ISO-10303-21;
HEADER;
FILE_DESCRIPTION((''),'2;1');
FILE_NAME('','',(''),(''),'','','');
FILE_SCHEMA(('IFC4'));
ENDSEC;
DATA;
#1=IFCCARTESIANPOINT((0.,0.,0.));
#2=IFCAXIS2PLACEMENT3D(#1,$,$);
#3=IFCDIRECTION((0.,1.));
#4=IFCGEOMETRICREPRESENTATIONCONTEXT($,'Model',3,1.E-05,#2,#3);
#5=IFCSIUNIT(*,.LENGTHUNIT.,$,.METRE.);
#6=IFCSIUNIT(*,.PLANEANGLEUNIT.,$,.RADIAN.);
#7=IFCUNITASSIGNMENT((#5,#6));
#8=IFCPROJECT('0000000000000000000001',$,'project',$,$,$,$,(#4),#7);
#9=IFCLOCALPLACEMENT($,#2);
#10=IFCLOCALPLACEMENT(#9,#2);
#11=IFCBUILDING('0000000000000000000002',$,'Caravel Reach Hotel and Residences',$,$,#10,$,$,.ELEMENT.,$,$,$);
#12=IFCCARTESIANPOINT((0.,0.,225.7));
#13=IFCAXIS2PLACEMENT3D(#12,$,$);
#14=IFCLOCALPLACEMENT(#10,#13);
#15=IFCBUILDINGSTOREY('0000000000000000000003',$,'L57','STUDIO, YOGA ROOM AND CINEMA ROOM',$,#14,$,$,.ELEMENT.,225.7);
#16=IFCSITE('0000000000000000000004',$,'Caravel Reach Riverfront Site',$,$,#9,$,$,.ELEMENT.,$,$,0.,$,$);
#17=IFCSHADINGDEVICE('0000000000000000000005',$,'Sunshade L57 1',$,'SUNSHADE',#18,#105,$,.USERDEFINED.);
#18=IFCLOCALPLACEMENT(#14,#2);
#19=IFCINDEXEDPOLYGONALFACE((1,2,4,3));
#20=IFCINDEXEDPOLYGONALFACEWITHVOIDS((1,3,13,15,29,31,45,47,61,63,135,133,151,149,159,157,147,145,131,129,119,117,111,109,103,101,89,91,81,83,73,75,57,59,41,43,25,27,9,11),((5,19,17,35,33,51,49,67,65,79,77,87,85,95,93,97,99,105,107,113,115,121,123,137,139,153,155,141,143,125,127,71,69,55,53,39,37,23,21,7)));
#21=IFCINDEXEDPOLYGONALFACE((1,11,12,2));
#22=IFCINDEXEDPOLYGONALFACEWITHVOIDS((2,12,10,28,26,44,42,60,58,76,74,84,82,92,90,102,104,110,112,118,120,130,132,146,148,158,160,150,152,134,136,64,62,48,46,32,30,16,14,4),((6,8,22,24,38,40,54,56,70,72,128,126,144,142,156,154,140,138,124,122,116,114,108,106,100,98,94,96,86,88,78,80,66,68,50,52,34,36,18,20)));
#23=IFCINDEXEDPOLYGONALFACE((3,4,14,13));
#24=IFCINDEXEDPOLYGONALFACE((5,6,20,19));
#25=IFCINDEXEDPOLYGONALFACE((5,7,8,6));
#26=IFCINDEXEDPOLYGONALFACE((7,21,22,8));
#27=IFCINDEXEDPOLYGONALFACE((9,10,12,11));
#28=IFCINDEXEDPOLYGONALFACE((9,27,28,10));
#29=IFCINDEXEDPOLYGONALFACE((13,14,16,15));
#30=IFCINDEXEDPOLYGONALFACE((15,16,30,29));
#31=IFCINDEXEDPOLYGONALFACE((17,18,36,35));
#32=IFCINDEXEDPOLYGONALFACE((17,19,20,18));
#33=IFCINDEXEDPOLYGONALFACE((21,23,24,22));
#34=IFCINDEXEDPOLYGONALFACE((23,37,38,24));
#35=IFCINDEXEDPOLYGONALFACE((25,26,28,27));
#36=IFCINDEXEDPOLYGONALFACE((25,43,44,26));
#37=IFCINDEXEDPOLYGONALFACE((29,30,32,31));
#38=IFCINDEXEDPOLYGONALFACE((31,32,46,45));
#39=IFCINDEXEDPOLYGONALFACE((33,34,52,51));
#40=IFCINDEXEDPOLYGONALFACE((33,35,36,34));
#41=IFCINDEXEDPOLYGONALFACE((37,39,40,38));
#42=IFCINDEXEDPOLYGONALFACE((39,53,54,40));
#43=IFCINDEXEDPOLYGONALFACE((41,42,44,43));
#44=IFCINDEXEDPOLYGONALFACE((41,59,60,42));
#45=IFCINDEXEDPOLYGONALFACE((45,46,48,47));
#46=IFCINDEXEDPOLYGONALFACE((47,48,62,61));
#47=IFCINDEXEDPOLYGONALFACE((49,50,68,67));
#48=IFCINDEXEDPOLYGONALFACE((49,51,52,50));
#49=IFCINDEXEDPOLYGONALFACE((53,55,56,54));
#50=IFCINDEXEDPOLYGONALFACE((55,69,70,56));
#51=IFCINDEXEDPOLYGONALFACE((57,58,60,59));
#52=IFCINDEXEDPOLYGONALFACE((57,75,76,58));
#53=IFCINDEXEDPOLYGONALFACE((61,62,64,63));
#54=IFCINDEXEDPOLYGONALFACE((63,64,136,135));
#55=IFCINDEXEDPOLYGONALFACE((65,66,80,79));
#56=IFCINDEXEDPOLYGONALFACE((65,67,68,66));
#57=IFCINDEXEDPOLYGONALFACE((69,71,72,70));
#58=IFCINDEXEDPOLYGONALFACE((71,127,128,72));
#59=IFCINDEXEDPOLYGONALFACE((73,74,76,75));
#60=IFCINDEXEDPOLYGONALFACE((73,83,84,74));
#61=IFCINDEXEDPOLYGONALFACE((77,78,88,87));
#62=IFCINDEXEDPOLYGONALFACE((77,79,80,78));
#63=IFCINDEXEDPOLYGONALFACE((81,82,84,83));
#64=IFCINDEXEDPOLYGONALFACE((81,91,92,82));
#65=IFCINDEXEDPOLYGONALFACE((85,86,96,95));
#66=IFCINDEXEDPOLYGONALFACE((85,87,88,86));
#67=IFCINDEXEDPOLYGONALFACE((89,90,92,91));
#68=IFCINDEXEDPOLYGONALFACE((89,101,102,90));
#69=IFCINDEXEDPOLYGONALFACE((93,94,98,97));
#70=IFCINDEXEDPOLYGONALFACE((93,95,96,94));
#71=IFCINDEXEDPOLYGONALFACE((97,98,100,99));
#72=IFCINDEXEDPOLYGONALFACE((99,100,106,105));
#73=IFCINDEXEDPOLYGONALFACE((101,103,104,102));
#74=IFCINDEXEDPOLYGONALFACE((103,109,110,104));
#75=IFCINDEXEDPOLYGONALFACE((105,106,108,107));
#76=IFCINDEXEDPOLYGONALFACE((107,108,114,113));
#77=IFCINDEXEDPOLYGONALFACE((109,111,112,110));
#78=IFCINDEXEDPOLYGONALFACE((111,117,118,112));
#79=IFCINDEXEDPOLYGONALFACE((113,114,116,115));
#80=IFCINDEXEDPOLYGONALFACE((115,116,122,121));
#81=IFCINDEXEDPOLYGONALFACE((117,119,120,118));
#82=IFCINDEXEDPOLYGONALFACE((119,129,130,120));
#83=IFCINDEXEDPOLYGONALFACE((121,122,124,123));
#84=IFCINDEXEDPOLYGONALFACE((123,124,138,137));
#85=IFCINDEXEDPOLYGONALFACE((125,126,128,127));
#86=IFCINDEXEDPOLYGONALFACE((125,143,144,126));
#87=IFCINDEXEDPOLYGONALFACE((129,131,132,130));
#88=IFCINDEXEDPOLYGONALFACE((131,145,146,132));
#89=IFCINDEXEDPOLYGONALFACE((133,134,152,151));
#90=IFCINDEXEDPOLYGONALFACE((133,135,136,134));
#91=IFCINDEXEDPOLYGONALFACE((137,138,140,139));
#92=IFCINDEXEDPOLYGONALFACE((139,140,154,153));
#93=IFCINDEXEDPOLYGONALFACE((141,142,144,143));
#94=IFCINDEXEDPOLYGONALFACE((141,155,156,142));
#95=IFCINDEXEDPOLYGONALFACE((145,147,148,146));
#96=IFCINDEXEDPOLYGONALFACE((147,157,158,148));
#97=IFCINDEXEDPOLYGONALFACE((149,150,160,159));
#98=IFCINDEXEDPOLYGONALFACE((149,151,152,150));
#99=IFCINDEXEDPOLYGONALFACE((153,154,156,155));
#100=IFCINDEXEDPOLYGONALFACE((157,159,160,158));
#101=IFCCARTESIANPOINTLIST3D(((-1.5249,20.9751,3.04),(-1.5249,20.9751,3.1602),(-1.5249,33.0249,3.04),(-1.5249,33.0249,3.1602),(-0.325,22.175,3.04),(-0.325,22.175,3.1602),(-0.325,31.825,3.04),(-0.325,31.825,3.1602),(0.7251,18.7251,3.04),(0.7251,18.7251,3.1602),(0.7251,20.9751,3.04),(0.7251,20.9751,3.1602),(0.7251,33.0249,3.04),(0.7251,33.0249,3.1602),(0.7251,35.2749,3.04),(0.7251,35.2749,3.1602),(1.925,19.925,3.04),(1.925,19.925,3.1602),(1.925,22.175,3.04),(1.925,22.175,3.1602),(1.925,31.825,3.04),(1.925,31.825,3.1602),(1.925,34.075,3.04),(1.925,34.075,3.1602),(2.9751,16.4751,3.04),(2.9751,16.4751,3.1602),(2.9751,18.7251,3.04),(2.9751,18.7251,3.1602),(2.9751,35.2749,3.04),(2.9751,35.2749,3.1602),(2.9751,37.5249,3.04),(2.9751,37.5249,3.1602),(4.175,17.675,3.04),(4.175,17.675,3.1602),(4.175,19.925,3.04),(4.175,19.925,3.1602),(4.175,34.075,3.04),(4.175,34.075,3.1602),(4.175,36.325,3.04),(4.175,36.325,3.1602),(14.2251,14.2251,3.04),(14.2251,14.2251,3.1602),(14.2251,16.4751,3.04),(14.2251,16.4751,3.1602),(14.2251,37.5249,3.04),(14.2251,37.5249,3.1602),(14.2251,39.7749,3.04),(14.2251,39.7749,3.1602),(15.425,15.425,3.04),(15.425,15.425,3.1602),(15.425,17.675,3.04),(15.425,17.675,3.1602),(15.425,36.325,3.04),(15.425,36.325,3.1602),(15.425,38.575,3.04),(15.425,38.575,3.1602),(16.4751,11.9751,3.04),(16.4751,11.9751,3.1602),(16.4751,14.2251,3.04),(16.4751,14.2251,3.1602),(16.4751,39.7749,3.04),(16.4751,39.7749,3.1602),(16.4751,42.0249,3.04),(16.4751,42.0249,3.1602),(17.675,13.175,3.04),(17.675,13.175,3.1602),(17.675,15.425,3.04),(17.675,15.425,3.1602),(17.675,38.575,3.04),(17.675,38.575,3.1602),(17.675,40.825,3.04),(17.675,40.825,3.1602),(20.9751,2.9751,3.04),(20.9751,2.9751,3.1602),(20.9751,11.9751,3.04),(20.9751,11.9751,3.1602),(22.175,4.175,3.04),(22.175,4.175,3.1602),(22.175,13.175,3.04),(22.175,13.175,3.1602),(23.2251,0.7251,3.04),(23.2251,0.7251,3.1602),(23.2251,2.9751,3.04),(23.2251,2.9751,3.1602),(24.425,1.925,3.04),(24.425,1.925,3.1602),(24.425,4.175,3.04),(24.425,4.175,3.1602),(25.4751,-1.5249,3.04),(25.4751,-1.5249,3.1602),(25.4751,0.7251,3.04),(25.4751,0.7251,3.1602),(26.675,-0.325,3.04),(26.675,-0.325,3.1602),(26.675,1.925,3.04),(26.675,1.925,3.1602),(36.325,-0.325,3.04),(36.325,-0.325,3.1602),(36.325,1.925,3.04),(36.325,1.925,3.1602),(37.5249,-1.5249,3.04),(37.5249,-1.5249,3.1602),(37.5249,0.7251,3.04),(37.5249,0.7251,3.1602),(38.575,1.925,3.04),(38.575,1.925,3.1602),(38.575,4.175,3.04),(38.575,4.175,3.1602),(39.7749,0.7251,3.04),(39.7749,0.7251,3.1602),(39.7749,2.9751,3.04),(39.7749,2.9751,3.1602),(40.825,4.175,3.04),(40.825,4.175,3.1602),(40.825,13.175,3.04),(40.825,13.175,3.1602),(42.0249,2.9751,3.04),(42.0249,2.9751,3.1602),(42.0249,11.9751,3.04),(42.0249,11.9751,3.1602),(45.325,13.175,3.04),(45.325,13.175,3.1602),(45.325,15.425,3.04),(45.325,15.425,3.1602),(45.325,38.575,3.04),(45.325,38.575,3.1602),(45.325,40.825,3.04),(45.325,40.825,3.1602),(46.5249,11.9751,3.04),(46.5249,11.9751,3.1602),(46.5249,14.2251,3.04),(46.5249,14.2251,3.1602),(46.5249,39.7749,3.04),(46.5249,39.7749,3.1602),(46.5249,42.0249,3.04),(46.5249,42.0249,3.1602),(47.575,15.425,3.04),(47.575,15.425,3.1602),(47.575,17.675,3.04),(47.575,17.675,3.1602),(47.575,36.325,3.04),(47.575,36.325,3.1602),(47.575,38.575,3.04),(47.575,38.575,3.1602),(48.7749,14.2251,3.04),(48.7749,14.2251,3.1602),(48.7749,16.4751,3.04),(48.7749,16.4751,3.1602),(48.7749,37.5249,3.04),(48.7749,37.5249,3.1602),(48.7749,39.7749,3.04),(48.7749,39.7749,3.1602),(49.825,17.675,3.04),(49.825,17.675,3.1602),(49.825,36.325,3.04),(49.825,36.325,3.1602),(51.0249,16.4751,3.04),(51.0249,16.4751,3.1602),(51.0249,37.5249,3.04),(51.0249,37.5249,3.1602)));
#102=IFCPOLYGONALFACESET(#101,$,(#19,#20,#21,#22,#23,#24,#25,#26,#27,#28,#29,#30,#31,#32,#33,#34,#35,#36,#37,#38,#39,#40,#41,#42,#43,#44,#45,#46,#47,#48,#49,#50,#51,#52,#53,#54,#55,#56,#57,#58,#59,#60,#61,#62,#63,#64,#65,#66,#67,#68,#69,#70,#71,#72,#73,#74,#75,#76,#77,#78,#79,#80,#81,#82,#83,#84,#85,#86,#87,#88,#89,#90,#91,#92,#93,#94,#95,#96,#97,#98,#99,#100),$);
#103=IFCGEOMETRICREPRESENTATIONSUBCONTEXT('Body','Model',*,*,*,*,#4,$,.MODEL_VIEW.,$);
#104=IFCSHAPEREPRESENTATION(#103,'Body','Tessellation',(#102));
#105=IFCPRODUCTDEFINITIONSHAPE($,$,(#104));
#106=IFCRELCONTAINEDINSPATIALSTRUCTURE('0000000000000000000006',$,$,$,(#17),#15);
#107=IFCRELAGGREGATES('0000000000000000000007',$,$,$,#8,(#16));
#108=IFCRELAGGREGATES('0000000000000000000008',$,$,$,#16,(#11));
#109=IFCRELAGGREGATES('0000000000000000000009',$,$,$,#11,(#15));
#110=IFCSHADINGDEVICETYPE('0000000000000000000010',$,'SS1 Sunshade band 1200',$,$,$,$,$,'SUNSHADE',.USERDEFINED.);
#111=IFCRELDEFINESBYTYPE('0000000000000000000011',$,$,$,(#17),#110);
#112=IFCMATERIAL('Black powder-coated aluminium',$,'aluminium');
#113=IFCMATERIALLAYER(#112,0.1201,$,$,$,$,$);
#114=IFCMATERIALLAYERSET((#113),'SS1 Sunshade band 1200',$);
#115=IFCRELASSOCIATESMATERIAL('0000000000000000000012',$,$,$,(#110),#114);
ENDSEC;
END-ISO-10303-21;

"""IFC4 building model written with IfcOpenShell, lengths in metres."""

from ifc_helpers import new_model, si_unit, direction, frame, origin, place, context, subcontext, project, spatial, polyline, outline, extrude, material, layer, layer_set, type_object, element, save


model = new_model("IFC4")

# Units and contexts
model_context = context("Model", 3, precision=1e-05, world=origin(), true_north=direction((0.0, 1.0)))
body_context = subcontext(model_context, "Body", "Model", "MODEL_VIEW")
ifc_project = project(units=[si_unit("LENGTHUNIT", "METRE"), si_unit("PLANEANGLEUNIT", "RADIAN")], contexts=[model_context])

# Site, building, storey
site_placement = place(None, origin())
site = spatial("IfcSite", under=ifc_project, at=site_placement, Name="Caravel Reach Riverfront Site", CompositionType="ELEMENT", RefElevation=0.0)
building_placement = place(site_placement, origin())
building = spatial("IfcBuilding", under=site, at=building_placement, Name="Caravel Reach Hotel and Residences", CompositionType="ELEMENT")
storey_placement = place(building_placement, frame((0.0, 0.0, 225.7)))
storey = spatial("IfcBuildingStorey", under=building, at=storey_placement, Name="L57", Description="STUDIO, YOGA ROOM AND CINEMA ROOM", CompositionType="ELEMENT", Elevation=225.7)

# Shading device
ifc_material_1 = material(Name="Black powder-coated aluminium", Category="aluminium")
ifc_layer_1 = layer(ifc_material_1, 0.1201)
ifc_layer_set_1 = layer_set([ifc_layer_1], Name="SS1 Sunshade band 1200")
shading_device_type = type_object("IfcShadingDeviceType", Name="SS1 Sunshade band 1200", ElementType="SUNSHADE", PredefinedType="USERDEFINED", material=ifc_layer_set_1)
shading_device_placement = place(storey_placement, frame((0.0, 0.0, 3.04)))
element("IfcShadingDevice", 1, at=shading_device_placement, inside=storey, type_object=shading_device_type, Name="Sunshade L57 1", ObjectType="SUNSHADE", PredefinedType="USERDEFINED", context=body_context, shape_type="SweptSolid", body=[
    extrude(outline(polyline([(42.0249, 2.9751), (42.0249, 11.9751), (46.5249, 11.9751), (46.5249, 14.2251), (48.7749, 14.2251), (48.7749, 16.4751), (51.0249, 16.4751), (51.0249, 37.5249), (48.7749, 37.5249), (48.7749, 39.7749), (46.5249, 39.7749), (46.5249, 42.0249), (16.4751, 42.0249), (16.4751, 39.7749), (14.2251, 39.7749), (14.2251, 37.5249), (2.9751, 37.5249), (2.9751, 35.2749), (0.7251, 35.2749), (0.7251, 33.0249), (-1.5249, 33.0249), (-1.5249, 20.9751), (0.7251, 20.9751), (0.7251, 18.7251), (2.9751, 18.7251), (2.9751, 16.4751), (14.2251, 16.4751), (14.2251, 14.2251), (16.4751, 14.2251), (16.4751, 11.9751), (20.9751, 11.9751), (20.9751, 2.9751), (23.2251, 2.9751), (23.2251, 0.7251), (25.4751, 0.7251), (25.4751, -1.5249), (37.5249, -1.5249), (37.5249, 0.7251), (39.7749, 0.7251), (39.7749, 2.9751), (42.0249, 2.9751)]), holes=[polyline([(45.325, 13.175), (40.825, 13.175), (40.825, 4.175), (38.575, 4.175), (38.575, 1.925), (36.325, 1.925), (36.325, -0.325), (26.675, -0.325), (26.675, 1.925), (24.425, 1.925), (24.425, 4.175), (22.175, 4.175), (22.175, 13.175), (17.675, 13.175), (17.675, 15.425), (15.425, 15.425), (15.425, 17.675), (4.175, 17.675), (4.175, 19.925), (1.925, 19.925), (1.925, 22.175), (-0.325, 22.175), (-0.325, 31.825), (1.925, 31.825), (1.925, 34.075), (4.175, 34.075), (4.175, 36.325), (15.425, 36.325), (15.425, 38.575), (17.675, 38.575), (17.675, 40.825), (45.325, 40.825), (45.325, 38.575), (47.575, 38.575), (47.575, 36.325), (49.825, 36.325), (49.825, 17.675), (47.575, 17.675), (47.575, 15.425), (45.325, 15.425), (45.325, 13.175)])]), origin(), (0.0, 0.0, 1.0), 0.1201),
])

save(model, "model.ifc")
